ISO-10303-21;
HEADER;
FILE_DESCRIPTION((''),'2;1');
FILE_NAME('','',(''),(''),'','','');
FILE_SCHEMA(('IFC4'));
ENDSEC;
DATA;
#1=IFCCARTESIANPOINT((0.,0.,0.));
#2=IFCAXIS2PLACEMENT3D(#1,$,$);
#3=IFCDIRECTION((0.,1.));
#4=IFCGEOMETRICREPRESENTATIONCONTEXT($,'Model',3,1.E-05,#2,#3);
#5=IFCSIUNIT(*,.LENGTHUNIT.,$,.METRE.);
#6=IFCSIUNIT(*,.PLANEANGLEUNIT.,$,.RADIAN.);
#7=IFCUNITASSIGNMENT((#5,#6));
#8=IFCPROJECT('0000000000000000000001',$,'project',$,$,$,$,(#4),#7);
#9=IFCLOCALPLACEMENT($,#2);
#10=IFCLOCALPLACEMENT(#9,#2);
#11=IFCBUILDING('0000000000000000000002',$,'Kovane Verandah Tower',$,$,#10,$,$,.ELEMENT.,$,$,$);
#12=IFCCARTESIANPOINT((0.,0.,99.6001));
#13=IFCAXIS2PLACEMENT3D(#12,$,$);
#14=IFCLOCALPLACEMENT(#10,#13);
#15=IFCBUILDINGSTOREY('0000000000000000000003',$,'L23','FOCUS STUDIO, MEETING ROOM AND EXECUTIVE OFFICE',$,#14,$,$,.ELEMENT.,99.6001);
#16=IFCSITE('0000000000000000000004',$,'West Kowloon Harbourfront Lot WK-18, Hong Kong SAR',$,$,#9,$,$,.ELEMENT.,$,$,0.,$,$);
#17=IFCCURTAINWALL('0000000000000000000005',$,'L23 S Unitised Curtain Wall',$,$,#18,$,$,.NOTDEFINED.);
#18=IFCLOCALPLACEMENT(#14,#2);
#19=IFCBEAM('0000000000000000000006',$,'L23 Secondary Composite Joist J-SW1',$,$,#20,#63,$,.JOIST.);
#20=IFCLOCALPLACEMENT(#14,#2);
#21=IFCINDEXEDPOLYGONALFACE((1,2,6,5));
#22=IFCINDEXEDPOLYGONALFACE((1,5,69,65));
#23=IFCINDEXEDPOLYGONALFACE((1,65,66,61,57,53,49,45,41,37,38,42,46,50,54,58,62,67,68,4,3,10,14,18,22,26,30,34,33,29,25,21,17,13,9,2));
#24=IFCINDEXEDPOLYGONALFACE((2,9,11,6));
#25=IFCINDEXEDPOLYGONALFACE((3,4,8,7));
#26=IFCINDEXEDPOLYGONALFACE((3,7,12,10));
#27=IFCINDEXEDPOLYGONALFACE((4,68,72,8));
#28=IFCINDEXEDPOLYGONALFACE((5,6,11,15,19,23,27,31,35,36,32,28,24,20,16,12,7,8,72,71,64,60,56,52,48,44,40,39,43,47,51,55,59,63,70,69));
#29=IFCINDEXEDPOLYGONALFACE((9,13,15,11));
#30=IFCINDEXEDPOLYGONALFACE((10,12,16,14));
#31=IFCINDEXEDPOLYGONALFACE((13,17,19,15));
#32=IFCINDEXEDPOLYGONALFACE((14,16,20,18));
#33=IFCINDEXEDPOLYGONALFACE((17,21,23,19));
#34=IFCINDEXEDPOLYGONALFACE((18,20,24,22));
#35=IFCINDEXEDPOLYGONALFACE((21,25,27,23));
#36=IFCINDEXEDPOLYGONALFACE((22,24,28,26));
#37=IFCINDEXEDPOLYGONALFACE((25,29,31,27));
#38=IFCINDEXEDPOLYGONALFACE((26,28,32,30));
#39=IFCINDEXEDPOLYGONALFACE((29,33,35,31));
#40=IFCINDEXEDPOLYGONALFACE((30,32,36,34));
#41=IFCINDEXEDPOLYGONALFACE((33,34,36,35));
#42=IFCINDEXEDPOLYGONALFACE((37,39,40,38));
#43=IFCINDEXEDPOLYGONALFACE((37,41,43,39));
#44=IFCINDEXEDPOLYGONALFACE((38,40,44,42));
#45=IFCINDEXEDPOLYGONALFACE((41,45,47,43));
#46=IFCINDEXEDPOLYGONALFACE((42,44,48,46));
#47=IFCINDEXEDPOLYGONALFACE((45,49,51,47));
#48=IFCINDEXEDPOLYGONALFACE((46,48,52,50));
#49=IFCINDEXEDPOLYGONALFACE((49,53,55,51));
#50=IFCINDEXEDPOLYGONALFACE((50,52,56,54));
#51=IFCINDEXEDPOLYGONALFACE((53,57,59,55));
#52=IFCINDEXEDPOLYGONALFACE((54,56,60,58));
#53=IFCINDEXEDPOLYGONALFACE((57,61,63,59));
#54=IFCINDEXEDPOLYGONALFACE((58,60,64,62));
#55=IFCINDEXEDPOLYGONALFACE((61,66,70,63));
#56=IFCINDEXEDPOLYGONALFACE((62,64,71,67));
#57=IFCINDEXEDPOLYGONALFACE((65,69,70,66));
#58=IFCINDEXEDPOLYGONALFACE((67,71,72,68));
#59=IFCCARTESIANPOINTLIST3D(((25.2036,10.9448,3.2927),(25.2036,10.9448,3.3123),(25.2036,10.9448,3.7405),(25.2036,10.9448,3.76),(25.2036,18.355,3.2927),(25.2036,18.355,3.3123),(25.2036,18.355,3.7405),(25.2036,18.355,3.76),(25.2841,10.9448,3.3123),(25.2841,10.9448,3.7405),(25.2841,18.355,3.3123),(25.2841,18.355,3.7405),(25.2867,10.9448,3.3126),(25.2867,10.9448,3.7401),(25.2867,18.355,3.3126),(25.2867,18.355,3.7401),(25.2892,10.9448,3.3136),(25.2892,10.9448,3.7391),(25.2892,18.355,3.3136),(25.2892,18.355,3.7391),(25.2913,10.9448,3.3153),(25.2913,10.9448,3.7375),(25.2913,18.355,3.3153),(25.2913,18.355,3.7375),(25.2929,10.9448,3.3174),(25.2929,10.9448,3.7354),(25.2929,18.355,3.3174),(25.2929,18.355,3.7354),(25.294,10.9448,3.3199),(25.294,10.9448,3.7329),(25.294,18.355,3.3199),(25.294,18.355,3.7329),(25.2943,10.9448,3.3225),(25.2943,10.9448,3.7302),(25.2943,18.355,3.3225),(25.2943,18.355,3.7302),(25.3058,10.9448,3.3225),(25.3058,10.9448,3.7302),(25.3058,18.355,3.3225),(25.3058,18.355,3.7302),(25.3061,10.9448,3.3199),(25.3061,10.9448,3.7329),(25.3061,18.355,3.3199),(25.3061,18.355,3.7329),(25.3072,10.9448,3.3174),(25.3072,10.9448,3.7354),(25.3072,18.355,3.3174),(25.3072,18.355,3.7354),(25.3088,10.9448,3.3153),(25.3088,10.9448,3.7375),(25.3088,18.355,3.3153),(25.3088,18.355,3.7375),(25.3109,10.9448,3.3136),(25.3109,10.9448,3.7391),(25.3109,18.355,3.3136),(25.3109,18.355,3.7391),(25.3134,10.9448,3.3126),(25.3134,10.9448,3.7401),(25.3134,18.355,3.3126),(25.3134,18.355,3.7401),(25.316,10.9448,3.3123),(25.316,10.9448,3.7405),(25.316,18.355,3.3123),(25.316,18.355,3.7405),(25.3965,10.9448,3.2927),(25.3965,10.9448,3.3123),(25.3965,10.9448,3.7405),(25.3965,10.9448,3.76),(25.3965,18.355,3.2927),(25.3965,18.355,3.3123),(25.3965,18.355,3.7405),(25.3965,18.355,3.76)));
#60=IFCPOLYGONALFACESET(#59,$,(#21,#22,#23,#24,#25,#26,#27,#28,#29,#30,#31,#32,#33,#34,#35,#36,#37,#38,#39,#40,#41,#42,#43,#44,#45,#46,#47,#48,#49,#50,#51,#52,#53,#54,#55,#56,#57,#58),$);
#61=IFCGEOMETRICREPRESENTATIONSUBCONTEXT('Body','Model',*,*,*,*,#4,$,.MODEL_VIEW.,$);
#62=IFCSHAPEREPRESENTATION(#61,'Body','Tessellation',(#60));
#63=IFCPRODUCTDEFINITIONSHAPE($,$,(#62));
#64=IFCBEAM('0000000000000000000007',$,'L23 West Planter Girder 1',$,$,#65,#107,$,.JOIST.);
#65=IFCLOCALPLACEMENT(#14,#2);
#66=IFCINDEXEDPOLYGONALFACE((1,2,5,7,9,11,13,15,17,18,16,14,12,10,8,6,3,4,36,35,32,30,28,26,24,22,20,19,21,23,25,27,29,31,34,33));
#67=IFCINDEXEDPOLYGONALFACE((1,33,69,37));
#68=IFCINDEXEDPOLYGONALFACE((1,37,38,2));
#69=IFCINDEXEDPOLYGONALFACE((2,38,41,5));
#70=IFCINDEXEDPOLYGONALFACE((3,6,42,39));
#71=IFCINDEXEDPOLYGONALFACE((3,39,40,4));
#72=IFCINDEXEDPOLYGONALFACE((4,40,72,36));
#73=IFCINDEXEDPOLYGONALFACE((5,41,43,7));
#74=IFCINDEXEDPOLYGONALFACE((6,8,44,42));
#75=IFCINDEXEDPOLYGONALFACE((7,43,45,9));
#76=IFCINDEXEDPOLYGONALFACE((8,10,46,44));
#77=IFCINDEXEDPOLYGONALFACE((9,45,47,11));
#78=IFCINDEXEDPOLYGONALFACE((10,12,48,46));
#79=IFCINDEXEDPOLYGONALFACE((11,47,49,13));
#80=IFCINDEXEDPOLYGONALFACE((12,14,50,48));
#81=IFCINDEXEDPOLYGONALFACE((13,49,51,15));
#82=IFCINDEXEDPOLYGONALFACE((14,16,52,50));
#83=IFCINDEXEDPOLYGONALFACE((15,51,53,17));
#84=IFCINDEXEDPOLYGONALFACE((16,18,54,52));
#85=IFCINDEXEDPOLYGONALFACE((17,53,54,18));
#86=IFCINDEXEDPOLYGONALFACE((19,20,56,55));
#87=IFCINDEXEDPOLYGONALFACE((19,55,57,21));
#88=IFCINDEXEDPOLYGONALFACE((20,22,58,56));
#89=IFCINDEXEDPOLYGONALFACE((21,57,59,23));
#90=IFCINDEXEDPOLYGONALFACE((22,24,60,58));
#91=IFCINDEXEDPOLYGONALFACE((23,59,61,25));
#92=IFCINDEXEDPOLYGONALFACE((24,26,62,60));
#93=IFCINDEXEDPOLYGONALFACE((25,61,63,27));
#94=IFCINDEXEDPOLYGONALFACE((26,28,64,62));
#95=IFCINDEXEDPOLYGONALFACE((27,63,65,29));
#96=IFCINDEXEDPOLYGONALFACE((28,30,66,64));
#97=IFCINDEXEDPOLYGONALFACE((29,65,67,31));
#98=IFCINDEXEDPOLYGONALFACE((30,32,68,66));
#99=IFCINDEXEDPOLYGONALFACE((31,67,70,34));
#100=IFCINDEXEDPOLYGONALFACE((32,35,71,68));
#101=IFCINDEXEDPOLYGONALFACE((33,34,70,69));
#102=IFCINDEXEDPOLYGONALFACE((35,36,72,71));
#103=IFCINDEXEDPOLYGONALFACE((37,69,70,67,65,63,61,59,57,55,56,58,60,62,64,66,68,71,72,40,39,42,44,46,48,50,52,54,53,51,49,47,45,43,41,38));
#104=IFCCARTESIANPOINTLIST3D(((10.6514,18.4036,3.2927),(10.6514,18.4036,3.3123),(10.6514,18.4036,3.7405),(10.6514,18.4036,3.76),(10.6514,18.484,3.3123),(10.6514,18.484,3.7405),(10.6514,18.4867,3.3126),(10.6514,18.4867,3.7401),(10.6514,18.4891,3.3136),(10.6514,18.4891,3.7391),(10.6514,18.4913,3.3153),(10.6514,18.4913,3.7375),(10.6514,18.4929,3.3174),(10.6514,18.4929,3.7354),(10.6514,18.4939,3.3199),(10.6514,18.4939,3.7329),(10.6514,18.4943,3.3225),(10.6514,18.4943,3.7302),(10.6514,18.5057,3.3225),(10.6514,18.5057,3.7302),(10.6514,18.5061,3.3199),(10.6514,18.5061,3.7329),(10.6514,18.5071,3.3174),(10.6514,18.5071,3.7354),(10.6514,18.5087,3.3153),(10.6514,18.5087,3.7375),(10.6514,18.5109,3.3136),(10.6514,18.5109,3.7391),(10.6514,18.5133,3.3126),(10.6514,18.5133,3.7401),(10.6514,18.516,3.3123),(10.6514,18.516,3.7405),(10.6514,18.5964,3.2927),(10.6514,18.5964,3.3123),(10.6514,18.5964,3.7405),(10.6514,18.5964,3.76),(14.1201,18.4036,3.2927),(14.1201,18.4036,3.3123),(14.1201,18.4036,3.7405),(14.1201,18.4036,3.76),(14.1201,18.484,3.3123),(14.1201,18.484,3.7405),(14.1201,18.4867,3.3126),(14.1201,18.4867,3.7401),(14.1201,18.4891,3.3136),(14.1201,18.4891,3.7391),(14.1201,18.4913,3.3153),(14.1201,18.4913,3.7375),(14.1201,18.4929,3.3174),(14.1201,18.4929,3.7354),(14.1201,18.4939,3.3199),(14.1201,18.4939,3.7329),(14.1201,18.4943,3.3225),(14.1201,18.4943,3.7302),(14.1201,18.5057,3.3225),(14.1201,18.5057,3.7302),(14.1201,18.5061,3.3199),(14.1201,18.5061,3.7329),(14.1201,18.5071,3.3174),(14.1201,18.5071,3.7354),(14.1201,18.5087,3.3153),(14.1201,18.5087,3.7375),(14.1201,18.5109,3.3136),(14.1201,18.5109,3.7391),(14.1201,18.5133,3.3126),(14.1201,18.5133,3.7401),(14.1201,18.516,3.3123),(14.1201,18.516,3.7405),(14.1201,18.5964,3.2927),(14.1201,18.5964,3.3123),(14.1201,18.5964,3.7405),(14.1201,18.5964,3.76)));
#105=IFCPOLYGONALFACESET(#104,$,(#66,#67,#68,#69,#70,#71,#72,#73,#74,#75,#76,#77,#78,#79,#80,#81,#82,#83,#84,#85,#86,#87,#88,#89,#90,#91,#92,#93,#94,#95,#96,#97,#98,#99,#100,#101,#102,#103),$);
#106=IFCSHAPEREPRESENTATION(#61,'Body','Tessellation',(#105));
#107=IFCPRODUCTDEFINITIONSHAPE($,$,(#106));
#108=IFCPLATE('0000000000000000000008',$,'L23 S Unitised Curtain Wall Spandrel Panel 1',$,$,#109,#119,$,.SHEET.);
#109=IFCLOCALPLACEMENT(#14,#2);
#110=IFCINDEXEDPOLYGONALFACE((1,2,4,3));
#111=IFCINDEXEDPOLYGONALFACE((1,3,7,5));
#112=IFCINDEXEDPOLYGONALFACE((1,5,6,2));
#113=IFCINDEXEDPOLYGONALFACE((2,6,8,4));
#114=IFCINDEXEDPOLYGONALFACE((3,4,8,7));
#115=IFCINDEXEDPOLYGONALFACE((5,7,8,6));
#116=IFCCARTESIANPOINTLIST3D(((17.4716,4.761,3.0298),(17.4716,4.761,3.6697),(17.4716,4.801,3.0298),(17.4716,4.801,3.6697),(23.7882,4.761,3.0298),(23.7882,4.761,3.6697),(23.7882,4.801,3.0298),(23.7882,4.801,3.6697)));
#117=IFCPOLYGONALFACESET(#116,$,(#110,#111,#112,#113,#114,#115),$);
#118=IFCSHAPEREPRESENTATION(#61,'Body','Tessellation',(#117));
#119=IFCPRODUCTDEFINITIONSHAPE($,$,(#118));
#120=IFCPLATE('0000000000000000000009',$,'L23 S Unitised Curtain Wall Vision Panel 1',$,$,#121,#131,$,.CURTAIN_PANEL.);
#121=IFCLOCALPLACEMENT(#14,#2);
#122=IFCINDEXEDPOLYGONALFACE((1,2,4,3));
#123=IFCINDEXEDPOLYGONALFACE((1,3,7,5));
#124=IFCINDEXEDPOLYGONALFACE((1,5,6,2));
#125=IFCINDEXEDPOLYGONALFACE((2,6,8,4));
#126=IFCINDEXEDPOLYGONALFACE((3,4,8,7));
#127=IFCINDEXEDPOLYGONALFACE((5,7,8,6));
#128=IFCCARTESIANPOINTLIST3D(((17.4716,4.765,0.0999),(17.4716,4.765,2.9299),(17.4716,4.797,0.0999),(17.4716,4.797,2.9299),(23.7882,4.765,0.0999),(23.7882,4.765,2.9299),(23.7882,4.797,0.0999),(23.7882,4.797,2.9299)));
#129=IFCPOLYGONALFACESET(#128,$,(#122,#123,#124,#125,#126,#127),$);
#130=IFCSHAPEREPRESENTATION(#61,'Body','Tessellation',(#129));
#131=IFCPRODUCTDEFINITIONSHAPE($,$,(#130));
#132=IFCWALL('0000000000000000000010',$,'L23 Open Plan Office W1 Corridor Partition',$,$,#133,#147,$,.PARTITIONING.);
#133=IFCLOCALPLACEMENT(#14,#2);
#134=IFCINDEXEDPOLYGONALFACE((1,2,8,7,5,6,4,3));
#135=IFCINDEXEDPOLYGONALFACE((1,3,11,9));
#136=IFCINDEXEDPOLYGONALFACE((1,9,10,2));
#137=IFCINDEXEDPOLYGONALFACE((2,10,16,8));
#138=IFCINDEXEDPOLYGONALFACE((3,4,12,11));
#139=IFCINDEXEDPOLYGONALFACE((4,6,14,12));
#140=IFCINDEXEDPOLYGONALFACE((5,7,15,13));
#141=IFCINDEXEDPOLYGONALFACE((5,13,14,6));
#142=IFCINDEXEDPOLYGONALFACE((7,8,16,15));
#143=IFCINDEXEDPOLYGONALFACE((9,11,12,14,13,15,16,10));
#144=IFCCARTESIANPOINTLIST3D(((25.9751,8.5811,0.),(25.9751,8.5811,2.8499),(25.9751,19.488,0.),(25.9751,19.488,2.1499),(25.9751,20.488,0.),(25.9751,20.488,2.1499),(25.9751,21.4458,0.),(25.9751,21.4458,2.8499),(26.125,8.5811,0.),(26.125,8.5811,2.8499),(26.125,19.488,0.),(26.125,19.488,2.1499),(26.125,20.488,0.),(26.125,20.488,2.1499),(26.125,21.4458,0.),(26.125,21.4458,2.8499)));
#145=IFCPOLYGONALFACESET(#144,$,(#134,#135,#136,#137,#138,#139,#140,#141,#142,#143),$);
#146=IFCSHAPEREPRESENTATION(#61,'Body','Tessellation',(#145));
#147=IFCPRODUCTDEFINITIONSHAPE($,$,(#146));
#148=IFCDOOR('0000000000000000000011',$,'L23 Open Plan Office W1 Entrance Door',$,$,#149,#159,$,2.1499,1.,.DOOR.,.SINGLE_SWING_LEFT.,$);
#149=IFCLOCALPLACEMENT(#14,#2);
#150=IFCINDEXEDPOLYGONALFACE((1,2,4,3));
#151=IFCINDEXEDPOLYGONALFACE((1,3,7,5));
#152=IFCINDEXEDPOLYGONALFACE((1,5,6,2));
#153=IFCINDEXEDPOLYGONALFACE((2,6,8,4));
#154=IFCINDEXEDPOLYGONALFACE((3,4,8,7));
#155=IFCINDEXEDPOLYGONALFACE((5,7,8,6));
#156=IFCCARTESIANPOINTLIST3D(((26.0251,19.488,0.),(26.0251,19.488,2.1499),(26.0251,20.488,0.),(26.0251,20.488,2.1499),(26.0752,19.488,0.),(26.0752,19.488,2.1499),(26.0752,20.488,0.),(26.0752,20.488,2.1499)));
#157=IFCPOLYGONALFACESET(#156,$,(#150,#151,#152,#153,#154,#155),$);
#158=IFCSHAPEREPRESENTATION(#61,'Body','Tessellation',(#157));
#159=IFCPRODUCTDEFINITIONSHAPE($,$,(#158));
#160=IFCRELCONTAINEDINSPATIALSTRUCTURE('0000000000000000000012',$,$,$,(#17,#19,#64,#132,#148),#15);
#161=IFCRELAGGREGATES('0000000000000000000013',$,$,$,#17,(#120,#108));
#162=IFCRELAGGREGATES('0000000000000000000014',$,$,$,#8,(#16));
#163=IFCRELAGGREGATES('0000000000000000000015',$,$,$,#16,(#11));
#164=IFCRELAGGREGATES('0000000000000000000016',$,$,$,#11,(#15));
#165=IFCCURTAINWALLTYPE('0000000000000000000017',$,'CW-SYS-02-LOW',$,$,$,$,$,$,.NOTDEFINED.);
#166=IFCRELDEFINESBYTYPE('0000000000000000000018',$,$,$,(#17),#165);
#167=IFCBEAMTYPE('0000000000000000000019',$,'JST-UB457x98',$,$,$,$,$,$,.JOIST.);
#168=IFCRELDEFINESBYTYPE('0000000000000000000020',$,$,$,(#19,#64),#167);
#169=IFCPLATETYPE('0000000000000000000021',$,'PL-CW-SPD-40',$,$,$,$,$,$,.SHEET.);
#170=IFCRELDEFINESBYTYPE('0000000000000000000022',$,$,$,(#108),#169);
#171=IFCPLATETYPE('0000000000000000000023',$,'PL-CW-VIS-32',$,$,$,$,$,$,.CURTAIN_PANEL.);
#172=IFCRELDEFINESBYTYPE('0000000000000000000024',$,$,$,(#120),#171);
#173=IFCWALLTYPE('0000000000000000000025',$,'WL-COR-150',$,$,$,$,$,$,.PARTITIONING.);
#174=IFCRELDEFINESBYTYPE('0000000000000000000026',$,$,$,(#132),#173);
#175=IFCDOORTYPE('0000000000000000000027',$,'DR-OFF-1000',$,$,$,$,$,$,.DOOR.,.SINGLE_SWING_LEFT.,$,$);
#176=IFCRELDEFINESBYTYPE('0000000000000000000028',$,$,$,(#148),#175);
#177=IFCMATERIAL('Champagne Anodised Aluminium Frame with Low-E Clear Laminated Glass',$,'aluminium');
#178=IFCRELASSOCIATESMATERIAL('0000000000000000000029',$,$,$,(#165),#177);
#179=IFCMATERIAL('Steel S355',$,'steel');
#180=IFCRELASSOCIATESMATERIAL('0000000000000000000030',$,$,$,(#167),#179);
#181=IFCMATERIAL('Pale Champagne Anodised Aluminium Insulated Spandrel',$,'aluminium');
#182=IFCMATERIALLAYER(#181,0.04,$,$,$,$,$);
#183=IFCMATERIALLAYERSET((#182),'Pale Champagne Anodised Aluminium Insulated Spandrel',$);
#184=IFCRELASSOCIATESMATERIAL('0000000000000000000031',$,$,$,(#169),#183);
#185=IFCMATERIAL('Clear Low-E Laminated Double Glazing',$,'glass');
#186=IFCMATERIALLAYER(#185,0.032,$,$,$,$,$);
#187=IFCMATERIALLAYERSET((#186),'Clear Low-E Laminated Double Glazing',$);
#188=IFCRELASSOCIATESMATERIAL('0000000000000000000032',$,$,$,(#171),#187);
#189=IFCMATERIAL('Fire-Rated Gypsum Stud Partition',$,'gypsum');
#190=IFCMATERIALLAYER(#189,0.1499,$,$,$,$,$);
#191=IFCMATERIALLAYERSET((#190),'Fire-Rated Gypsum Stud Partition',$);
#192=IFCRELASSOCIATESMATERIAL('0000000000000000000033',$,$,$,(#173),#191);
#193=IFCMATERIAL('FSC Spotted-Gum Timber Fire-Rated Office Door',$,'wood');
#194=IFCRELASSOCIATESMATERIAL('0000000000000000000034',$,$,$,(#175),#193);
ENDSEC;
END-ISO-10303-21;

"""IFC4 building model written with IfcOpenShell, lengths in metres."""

from ifc_helpers import new_model, si_unit, direction, frame, frame_2d, origin, origin_2d, place, context, subcontext, project, spatial, rectangle, i_section, extrude, material, layer, layer_set, material_profile, profile_set, type_object, element, fill, aggregate, save


model = new_model("IFC4")

# Units and contexts
model_context = context("Model", 3, precision=1e-05, world=origin(), true_north=direction((0.0, 1.0)))
body_context = subcontext(model_context, "Body", "Model", "MODEL_VIEW")
ifc_project = project(units=[si_unit("LENGTHUNIT", "METRE"), si_unit("PLANEANGLEUNIT", "RADIAN")], contexts=[model_context])

# Site, building, storey
site_placement = place(None, origin())
site = spatial("IfcSite", under=ifc_project, at=site_placement, Name="West Kowloon Harbourfront Lot WK-18, Hong Kong SAR", CompositionType="ELEMENT", RefElevation=0.0)
building_placement = place(site_placement, origin())
building = spatial("IfcBuilding", under=site, at=building_placement, Name="Kovane Verandah Tower", CompositionType="ELEMENT")
storey_placement = place(building_placement, frame((0.0, 0.0, 99.6001)))
storey = spatial("IfcBuildingStorey", under=building, at=storey_placement, Name="L23", Description="FOCUS STUDIO, MEETING ROOM AND EXECUTIVE OFFICE", CompositionType="ELEMENT", Elevation=99.6001)

# Shared definitions
ifc_material_1 = material(Name="Steel S355", Category="steel")

# Curtain wall
ifc_material_2 = material(Name="Champagne Anodised Aluminium Frame with Low-E Clear Laminated Glass", Category="aluminium")
curtain_wall_type = type_object("IfcCurtainWallType", Name="CW-SYS-02-LOW", PredefinedType="NOTDEFINED", material=ifc_material_2)
curtain_wall_placement = place(storey_placement, origin())
curtain_wall = element("IfcCurtainWall", 1, at=curtain_wall_placement, inside=storey, type_object=curtain_wall_type, Name="L23 S Unitised Curtain Wall", PredefinedType="NOTDEFINED")

# Beams
ifc_material_profile_1 = material_profile(ifc_material_1, i_section(OverallWidth=0.1929, OverallDepth=0.4673, WebThickness=0.0115, FlangeThickness=0.0195, FilletRadius=0.0103, at=origin_2d()), Name="UB457x191x98")
ifc_profile_set_1 = profile_set([ifc_material_profile_1], Name="Steel S355")
beam_type_1 = type_object("IfcBeamType", Name="JST-UB457x98", PredefinedType="JOIST", material=ifc_profile_set_1)
beam_1_placement = place(storey_placement, frame((25.3, 10.9448, 3.5264), z_axis=(0.0, 1.0, 0.0), x_axis=(-1.0, 0.0, 0.0)))
element("IfcBeam", 2, at=beam_1_placement, inside=storey, type_object=beam_type_1, Name="L23 Secondary Composite Joist J-SW1", PredefinedType="JOIST", context=body_context, shape_type="SweptSolid", body=[
    extrude(i_section(OverallWidth=0.1929, OverallDepth=0.4673, WebThickness=0.0115, FlangeThickness=0.0195, FilletRadius=0.0103, at=origin_2d()), origin(), (0.0, 0.0, 1.0), 7.4102),
])
beam_2_placement = place(storey_placement, frame((14.1201, 18.5, 3.5264), z_axis=(-1.0, 0.0, 0.0), x_axis=(0.0, -1.0, 0.0)))
element("IfcBeam", 3, at=beam_2_placement, inside=storey, type_object=beam_type_1, Name="L23 West Planter Girder 1", PredefinedType="JOIST", context=body_context, shape_type="SweptSolid", body=[
    extrude(i_section(OverallWidth=0.1929, OverallDepth=0.4673, WebThickness=0.0115, FlangeThickness=0.0195, FilletRadius=0.0103, at=origin_2d()), origin(), (0.0, 0.0, 1.0), 3.4688),
])

# Plates
ifc_material_3 = material(Name="Pale Champagne Anodised Aluminium Insulated Spandrel", Category="aluminium")
ifc_layer_1 = layer(ifc_material_3, 0.04)
ifc_layer_set_1 = layer_set([ifc_layer_1], Name="Pale Champagne Anodised Aluminium Insulated Spandrel")
plate_type_1 = type_object("IfcPlateType", Name="PL-CW-SPD-40", PredefinedType="SHEET", material=ifc_layer_set_1)
plate_1_placement = place(storey_placement, frame((20.6299, 4.781, 3.0298), z_axis=(0.0, 0.0, 1.0), x_axis=(1.0, 0.0, 0.0)))
plate_1 = element("IfcPlate", 4, at=plate_1_placement, type_object=plate_type_1, Name="L23 S Unitised Curtain Wall Spandrel Panel 1", PredefinedType="SHEET", context=body_context, shape_type="SweptSolid", body=[
    extrude(rectangle(XDim=6.3167, YDim=0.04, at=origin_2d()), origin(), (0.0, 0.0, 1.0), 0.6399),
])
ifc_material_4 = material(Name="Clear Low-E Laminated Double Glazing", Category="glass")
ifc_layer_2 = layer(ifc_material_4, 0.032)
ifc_layer_set_2 = layer_set([ifc_layer_2], Name="Clear Low-E Laminated Double Glazing")
plate_type_2 = type_object("IfcPlateType", Name="PL-CW-VIS-32", PredefinedType="CURTAIN_PANEL", material=ifc_layer_set_2)
plate_2_placement = place(storey_placement, frame((20.6299, 4.781, 0.0999), z_axis=(0.0, 0.0, 1.0), x_axis=(1.0, 0.0, 0.0)))
plate_2 = element("IfcPlate", 5, at=plate_2_placement, type_object=plate_type_2, Name="L23 S Unitised Curtain Wall Vision Panel 1", PredefinedType="CURTAIN_PANEL", context=body_context, shape_type="SweptSolid", body=[
    extrude(rectangle(XDim=6.3167, YDim=0.032, at=origin_2d()), origin(), (0.0, 0.0, 1.0), 2.8301),
])
aggregate(curtain_wall, [plate_2, plate_1])

# Wall, opening, door
ifc_material_5 = material(Name="Fire-Rated Gypsum Stud Partition", Category="gypsum")
ifc_layer_3 = layer(ifc_material_5, 0.1499)
ifc_layer_set_3 = layer_set([ifc_layer_3], Name="Fire-Rated Gypsum Stud Partition")
wall_type_1 = type_object("IfcWallType", Name="WL-COR-150", PredefinedType="PARTITIONING", material=ifc_layer_set_3)
wall_1_placement = place(storey_placement, frame((26.05, 8.5811, 0.0), z_axis=(0.0, 0.0, 1.0), x_axis=(0.0, 1.0, 0.0)))
wall_1 = element("IfcWall", 6, at=wall_1_placement, inside=storey, type_object=wall_type_1, Name="L23 Open Plan Office W1 Corridor Partition", PredefinedType="PARTITIONING", context=body_context, shape_type="SweptSolid", body=[
    extrude(rectangle(XDim=12.8647, YDim=0.1499, at=frame_2d((6.4324, 0.0))), origin(), (0.0, 0.0, 1.0), 2.8499),
])
opening_1_placement = place(wall_1_placement, frame((10.907, 0.0, 0.0)))
opening_1 = element("IfcOpeningElement", 7, at=opening_1_placement, cuts=wall_1, PredefinedType="OPENING", context=body_context, shape_type="SweptSolid", body=[
    extrude(rectangle(XDim=1.0, YDim=2.1499, at=frame_2d((0.5, 1.075))), frame((0.0, 0.075, 0.0), z_axis=(0.0, -1.0, 0.0), x_axis=(1.0, 0.0, 0.0)), (0.0, 0.0, 1.0), 0.1499),
])
ifc_material_6 = material(Name="FSC Spotted-Gum Timber Fire-Rated Office Door", Category="wood")
door_type = type_object("IfcDoorType", Name="DR-OFF-1000", OperationType="SINGLE_SWING_LEFT", PredefinedType="DOOR", material=ifc_material_6)
door_placement = place(opening_1_placement, origin())
door = element("IfcDoor", 8, at=door_placement, inside=storey, type_object=door_type, Name="L23 Open Plan Office W1 Entrance Door", OperationType="SINGLE_SWING_LEFT", OverallHeight=2.1499, OverallWidth=1.0, PredefinedType="DOOR", context=body_context, shape_type="SweptSolid", body=[
    extrude(rectangle(XDim=1.0, YDim=2.1499, at=frame_2d((0.5, 1.075))), frame((0.0, 0.0249, 0.0), z_axis=(0.0, -1.0, 0.0), x_axis=(1.0, 0.0, 0.0)), (0.0, 0.0, 1.0), 0.05),
])
fill(opening_1, door)

save(model, "model.ifc")
